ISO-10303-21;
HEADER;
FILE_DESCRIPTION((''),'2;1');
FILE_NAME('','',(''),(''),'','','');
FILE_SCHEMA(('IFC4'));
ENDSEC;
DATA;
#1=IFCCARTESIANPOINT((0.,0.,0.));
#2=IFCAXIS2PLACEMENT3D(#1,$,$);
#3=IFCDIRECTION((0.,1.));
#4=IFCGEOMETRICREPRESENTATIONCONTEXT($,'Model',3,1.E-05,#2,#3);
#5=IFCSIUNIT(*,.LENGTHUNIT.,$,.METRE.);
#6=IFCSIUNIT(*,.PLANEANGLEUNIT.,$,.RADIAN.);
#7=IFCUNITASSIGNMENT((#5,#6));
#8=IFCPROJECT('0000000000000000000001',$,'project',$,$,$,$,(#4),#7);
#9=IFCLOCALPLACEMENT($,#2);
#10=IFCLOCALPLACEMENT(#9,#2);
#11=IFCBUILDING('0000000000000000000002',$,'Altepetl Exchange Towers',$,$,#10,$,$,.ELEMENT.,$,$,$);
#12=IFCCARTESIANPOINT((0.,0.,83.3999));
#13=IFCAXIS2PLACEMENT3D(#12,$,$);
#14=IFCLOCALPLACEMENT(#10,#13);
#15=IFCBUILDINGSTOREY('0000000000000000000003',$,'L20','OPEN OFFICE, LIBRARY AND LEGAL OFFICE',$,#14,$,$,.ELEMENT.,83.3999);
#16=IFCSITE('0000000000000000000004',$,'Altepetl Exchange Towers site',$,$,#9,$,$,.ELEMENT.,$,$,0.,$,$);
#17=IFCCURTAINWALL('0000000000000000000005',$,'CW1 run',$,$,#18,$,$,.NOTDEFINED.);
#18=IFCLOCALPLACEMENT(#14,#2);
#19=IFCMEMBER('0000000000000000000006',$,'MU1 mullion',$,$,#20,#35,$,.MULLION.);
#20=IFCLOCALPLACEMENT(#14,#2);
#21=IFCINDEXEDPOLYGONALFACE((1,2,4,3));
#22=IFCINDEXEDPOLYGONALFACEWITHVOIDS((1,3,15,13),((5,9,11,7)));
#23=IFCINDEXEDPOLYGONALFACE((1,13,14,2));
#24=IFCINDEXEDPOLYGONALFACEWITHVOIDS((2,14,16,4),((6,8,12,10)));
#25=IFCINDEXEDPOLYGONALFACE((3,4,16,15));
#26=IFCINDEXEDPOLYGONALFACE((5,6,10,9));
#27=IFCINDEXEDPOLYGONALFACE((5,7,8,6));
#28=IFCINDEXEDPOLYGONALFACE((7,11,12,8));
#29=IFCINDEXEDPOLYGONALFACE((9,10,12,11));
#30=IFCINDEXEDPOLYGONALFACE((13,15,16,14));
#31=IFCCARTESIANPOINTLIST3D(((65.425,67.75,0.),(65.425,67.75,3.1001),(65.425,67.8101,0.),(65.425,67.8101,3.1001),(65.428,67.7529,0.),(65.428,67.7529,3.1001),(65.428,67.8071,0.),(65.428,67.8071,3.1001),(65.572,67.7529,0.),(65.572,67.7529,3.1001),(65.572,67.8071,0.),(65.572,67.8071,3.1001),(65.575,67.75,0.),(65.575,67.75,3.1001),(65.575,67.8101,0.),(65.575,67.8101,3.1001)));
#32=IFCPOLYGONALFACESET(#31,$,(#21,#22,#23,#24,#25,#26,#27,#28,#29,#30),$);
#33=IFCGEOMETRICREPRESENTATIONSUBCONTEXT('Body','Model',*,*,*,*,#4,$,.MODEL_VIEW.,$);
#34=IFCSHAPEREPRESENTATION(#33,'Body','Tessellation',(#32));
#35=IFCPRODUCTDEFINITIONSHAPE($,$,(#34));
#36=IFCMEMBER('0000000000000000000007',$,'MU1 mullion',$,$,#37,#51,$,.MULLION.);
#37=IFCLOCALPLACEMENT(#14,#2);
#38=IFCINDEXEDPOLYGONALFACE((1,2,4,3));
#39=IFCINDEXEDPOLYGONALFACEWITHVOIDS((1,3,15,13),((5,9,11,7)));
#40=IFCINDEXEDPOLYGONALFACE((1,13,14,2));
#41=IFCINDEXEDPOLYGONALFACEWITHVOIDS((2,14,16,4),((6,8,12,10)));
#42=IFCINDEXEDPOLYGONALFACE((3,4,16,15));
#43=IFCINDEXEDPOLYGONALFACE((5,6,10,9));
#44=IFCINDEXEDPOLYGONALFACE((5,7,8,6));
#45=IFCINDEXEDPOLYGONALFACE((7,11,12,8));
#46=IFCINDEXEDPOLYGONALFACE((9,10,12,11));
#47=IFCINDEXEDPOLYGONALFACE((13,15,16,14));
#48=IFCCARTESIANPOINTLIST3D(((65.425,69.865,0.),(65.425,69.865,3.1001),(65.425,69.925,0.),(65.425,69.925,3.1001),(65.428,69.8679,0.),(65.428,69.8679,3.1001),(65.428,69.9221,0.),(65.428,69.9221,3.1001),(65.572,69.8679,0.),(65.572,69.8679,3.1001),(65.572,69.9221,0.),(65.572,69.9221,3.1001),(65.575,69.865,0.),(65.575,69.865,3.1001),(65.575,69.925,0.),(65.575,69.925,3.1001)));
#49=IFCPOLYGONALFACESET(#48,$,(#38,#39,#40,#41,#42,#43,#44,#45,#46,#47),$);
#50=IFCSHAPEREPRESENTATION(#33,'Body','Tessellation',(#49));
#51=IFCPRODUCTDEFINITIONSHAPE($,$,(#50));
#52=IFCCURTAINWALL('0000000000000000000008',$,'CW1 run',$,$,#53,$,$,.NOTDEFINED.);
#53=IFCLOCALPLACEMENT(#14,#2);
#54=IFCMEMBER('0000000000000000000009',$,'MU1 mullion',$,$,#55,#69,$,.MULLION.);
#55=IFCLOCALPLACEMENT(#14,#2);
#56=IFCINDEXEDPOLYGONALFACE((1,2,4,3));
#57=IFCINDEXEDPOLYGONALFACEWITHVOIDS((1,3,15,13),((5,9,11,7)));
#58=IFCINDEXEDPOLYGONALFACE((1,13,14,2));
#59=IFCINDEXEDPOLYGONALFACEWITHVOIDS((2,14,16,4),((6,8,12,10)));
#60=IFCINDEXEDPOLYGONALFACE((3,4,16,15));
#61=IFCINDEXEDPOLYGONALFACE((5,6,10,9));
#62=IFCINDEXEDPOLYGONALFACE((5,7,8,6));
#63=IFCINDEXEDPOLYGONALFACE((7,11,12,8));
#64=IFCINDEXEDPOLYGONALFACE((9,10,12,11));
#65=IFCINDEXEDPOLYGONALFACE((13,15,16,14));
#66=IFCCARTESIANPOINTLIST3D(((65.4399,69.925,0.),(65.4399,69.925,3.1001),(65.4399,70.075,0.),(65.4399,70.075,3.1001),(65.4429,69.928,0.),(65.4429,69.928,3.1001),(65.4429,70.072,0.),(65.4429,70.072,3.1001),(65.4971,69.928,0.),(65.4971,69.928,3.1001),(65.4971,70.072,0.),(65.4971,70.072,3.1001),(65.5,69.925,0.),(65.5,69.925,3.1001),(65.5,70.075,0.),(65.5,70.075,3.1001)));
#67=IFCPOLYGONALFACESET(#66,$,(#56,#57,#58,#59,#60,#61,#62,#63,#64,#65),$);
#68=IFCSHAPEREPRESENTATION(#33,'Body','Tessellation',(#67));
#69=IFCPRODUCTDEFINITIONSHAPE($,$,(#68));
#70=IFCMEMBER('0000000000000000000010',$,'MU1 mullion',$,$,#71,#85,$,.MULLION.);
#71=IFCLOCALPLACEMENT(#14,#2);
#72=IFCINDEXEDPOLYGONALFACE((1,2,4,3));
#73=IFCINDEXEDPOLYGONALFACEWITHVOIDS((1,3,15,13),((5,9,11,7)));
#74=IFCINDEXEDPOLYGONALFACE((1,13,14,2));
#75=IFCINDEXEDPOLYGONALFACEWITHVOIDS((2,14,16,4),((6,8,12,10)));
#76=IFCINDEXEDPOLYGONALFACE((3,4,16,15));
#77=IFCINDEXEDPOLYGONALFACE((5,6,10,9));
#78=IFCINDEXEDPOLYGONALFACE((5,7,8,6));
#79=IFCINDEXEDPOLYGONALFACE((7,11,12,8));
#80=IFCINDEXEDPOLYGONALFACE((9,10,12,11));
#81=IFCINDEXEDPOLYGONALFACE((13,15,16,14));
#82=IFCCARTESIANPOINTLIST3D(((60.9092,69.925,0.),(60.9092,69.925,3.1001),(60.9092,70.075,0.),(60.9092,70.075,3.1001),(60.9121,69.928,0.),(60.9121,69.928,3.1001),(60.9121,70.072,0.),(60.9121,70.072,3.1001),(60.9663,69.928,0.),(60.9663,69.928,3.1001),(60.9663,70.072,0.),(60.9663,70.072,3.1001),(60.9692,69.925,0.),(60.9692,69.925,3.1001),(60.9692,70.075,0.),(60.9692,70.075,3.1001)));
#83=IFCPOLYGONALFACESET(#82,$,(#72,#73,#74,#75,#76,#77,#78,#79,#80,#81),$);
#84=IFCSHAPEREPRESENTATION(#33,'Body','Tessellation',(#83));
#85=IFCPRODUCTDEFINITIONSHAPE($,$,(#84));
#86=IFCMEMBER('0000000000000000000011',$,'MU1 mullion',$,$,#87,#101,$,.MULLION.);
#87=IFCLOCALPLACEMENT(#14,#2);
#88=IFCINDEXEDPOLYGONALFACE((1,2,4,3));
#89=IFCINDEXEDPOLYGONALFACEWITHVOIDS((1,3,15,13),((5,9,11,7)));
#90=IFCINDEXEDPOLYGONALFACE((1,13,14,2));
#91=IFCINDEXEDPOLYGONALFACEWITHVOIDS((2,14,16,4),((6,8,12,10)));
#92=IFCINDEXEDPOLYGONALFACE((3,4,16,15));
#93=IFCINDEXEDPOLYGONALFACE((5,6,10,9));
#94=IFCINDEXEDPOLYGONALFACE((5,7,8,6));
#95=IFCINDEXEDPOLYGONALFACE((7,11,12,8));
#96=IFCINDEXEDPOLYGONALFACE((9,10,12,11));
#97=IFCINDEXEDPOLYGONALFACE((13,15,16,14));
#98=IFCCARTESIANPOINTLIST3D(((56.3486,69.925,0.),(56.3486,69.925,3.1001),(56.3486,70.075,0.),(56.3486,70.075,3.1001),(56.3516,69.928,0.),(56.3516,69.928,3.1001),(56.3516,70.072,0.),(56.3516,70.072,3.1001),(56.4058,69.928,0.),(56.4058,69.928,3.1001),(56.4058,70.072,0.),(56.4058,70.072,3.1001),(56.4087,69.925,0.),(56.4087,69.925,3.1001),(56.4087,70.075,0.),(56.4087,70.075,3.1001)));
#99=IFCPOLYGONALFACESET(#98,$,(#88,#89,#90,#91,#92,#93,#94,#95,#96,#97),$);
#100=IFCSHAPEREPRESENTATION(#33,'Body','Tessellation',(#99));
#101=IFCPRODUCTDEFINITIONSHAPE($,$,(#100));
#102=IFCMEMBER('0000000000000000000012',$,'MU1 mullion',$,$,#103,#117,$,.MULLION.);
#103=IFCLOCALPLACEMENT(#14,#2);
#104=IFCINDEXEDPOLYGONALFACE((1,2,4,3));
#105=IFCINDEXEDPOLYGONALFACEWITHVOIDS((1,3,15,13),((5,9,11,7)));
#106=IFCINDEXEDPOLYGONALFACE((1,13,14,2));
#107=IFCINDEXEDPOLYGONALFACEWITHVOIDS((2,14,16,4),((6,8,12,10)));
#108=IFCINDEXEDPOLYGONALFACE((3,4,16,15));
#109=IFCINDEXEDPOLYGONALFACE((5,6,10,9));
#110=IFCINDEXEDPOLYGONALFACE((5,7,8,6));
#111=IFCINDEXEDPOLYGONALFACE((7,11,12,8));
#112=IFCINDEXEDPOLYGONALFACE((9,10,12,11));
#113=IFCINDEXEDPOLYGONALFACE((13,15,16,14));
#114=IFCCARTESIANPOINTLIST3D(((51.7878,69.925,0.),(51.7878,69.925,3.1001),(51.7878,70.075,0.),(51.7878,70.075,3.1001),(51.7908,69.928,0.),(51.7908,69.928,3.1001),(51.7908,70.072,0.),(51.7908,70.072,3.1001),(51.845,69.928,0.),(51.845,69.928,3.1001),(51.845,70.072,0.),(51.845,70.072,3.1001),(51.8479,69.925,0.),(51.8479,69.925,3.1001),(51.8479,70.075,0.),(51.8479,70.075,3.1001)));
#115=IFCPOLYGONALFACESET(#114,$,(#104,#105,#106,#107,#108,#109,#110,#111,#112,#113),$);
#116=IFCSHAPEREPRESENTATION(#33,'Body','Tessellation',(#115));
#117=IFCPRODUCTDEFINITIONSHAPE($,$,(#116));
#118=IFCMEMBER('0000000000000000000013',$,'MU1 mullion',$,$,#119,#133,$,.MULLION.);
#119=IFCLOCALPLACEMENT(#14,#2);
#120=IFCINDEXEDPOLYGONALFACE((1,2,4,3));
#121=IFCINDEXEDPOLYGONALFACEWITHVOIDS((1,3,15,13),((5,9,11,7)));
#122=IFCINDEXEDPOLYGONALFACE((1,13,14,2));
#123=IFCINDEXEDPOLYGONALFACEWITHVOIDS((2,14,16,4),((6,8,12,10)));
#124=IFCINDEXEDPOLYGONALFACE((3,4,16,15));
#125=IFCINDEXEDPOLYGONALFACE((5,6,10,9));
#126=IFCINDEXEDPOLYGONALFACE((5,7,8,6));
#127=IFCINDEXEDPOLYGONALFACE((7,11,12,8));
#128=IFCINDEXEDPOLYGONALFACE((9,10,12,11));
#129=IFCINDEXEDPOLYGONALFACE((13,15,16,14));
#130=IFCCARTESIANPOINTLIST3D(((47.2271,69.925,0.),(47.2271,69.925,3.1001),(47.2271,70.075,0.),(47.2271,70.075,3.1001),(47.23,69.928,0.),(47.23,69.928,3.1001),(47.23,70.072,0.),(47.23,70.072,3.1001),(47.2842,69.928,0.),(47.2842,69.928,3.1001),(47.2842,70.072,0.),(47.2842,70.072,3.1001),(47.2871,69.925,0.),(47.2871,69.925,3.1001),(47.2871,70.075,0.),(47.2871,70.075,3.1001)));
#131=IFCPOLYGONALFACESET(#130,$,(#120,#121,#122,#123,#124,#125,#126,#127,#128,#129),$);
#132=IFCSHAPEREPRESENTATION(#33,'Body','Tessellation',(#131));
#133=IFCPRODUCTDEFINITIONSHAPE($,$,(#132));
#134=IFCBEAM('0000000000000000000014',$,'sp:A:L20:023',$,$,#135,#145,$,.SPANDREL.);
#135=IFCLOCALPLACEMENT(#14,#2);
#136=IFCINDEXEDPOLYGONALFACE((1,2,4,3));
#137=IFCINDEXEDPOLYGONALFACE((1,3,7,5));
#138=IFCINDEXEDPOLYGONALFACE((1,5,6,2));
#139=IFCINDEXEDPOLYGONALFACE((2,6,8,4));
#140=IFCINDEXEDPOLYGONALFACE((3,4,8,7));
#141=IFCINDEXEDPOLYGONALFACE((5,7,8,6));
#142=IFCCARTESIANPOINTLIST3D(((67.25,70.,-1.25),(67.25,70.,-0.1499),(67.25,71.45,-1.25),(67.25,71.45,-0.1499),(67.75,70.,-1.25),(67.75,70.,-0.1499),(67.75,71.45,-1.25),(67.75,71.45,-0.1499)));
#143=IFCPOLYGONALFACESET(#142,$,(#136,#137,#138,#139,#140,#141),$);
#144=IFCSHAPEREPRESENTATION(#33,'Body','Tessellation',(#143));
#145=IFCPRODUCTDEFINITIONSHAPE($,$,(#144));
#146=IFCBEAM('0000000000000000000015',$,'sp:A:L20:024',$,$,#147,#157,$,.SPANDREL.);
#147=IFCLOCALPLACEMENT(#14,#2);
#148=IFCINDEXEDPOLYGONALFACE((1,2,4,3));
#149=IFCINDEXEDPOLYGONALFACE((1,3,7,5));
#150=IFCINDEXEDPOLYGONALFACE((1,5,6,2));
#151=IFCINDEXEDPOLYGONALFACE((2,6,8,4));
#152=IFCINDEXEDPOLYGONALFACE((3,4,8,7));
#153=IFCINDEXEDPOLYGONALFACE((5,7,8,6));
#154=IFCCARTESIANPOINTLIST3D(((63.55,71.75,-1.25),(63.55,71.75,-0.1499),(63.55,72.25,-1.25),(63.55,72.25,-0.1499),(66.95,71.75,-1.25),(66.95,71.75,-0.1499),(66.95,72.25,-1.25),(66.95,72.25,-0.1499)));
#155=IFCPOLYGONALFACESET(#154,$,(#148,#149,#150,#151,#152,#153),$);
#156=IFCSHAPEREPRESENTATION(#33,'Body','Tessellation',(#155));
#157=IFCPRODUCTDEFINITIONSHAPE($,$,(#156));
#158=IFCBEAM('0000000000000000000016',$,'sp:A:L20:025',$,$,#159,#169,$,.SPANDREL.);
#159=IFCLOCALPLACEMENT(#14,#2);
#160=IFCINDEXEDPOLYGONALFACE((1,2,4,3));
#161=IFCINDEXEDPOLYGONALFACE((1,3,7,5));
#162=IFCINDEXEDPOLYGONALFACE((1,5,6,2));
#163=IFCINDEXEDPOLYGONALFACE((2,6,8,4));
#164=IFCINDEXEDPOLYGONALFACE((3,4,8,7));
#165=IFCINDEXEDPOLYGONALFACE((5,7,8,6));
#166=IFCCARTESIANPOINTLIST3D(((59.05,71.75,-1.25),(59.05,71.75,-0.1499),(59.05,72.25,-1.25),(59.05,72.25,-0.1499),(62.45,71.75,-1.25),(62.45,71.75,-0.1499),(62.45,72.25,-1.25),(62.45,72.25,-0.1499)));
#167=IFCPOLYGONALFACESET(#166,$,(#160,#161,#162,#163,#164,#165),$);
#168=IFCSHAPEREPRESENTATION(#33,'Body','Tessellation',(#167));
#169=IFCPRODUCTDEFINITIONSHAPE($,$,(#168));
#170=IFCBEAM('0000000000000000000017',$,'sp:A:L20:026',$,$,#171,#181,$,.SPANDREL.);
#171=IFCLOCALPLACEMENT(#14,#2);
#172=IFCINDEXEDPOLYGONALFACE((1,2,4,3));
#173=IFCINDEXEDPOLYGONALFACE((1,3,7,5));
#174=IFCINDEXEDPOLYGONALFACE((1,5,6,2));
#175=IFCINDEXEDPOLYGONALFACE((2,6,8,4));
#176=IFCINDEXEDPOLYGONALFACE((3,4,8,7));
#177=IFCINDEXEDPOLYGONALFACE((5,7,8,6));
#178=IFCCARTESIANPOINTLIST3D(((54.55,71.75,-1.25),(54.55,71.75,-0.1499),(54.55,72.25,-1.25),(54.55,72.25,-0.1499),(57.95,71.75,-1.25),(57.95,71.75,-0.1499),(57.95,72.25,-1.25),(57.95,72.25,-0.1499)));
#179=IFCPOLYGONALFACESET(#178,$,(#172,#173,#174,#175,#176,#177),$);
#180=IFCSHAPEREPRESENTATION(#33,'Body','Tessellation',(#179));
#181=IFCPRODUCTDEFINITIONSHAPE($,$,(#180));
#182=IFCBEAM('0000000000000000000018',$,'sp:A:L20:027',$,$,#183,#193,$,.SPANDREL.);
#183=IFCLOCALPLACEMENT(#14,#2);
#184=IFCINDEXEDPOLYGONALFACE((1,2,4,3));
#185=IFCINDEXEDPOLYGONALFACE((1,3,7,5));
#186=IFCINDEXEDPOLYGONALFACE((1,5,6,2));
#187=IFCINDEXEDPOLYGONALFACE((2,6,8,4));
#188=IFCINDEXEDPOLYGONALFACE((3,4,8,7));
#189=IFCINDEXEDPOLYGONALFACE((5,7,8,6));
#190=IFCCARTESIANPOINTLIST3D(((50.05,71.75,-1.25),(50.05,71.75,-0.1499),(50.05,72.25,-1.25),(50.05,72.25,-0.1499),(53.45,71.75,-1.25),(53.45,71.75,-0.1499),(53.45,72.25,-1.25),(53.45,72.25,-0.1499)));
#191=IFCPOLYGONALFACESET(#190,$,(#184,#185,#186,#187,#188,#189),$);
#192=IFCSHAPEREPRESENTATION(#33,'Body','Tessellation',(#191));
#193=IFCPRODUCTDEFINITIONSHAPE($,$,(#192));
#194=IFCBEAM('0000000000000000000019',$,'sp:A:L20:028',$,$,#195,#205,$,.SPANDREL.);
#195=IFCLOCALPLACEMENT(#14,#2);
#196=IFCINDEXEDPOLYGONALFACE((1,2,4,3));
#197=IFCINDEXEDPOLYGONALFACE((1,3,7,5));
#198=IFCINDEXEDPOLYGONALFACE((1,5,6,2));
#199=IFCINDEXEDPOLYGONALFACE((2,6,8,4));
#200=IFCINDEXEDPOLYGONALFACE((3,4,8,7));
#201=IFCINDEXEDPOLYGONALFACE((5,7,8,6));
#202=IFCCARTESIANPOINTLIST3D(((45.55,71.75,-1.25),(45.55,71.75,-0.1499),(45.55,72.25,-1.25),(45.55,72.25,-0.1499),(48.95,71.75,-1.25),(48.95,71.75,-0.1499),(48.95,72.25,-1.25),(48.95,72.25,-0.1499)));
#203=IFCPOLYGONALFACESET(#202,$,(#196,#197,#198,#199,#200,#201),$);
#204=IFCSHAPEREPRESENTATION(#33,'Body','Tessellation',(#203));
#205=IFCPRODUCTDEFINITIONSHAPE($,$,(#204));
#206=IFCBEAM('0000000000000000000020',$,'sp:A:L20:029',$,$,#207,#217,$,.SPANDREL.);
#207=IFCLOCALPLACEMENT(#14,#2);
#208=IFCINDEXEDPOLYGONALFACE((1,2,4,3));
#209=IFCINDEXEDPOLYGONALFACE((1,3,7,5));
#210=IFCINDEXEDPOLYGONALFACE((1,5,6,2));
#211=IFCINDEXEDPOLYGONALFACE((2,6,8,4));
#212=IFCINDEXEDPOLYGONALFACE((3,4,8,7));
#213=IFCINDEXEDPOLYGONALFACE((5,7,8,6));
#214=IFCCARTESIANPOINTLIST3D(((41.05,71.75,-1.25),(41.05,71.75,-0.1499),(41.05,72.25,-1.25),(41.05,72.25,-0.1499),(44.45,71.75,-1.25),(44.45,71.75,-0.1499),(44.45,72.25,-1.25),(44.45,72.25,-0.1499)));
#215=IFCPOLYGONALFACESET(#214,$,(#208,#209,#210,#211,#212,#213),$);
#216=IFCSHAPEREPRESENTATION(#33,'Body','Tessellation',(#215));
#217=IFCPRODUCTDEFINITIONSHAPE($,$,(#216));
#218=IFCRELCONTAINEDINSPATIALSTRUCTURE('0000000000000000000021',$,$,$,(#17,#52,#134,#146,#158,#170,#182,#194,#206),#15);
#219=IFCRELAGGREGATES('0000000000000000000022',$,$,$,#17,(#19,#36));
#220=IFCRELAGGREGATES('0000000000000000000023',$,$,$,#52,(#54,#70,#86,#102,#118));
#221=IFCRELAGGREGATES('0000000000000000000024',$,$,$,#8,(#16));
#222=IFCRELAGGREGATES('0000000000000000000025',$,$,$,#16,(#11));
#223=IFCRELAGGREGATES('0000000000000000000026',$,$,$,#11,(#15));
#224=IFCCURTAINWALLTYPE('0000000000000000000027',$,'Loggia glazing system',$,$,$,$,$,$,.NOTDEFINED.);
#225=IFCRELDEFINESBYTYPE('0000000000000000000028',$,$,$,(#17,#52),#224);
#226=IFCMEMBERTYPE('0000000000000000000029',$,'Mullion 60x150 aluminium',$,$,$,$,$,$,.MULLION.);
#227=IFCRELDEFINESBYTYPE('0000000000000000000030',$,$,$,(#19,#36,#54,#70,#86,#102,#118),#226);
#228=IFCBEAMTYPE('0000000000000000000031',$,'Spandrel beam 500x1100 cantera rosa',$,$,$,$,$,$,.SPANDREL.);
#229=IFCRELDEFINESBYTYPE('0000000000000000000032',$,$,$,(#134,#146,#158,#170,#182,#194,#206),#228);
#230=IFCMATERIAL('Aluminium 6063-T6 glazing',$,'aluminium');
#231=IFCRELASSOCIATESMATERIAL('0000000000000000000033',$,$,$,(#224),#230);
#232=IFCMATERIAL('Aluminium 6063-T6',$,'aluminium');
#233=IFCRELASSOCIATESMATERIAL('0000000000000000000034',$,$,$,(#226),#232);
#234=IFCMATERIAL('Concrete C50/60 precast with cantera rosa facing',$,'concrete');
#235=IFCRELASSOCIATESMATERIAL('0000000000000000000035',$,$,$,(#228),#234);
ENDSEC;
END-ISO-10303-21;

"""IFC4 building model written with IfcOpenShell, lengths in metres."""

from ifc_helpers import new_model, si_unit, direction, frame, origin, origin_2d, place, context, subcontext, project, spatial, rectangle, hollow_rectangle, extrude, material, material_profile, profile_set, type_object, element, aggregate, save


model = new_model("IFC4")

# Units and contexts
model_context = context("Model", 3, precision=1e-05, world=origin(), true_north=direction((0.0, 1.0)))
body_context = subcontext(model_context, "Body", "Model", "MODEL_VIEW")
ifc_project = project(units=[si_unit("LENGTHUNIT", "METRE"), si_unit("PLANEANGLEUNIT", "RADIAN")], contexts=[model_context])

# Site, building, storey
site_placement = place(None, origin())
site = spatial("IfcSite", under=ifc_project, at=site_placement, Name="Altepetl Exchange Towers site", CompositionType="ELEMENT", RefElevation=0.0)
building_placement = place(site_placement, origin())
building = spatial("IfcBuilding", under=site, at=building_placement, Name="Altepetl Exchange Towers", CompositionType="ELEMENT")
storey_placement = place(building_placement, frame((0.0, 0.0, 83.3999)))
storey = spatial("IfcBuildingStorey", under=building, at=storey_placement, Name="L20", Description="OPEN OFFICE, LIBRARY AND LEGAL OFFICE", CompositionType="ELEMENT", Elevation=83.3999)

# Shared definitions
ifc_material_1 = material(Name="Aluminium 6063-T6 glazing", Category="aluminium")
curtain_wall_type = type_object("IfcCurtainWallType", Name="Loggia glazing system", PredefinedType="NOTDEFINED", material=ifc_material_1)
ifc_material_2 = material(Name="Aluminium 6063-T6", Category="aluminium")
ifc_material_profile_1 = material_profile(ifc_material_2, hollow_rectangle(XDim=0.0601, YDim=0.1499, WallThickness=0.0029, at=origin_2d()), Name="Mullion 60x150 aluminium")
ifc_profile_set_1 = profile_set([ifc_material_profile_1], Name="Aluminium 6063-T6")
member_type = type_object("IfcMemberType", Name="Mullion 60x150 aluminium", PredefinedType="MULLION", material=ifc_profile_set_1)

# Curtain walls, members
curtain_wall_1_placement = place(storey_placement, origin())
curtain_wall_1 = element("IfcCurtainWall", 1, at=curtain_wall_1_placement, inside=storey, type_object=curtain_wall_type, Name="CW1 run", PredefinedType="NOTDEFINED")
member_1_placement = place(storey_placement, frame((65.5, 67.78, 0.0), z_axis=(0.0, 0.0, 1.0), x_axis=(0.0, 1.0, 0.0)))
member_1 = element("IfcMember", 2, at=member_1_placement, type_object=member_type, Name="MU1 mullion", PredefinedType="MULLION", context=body_context, shape_type="SweptSolid", body=[
    extrude(hollow_rectangle(XDim=0.0601, YDim=0.1499, WallThickness=0.0029, at=origin_2d()), origin(), (0.0, 0.0, 1.0), 3.1001),
])
member_2_placement = place(storey_placement, frame((65.5, 69.895, 0.0), z_axis=(0.0, 0.0, 1.0), x_axis=(0.0, 1.0, 0.0)))
member_2 = element("IfcMember", 3, at=member_2_placement, type_object=member_type, Name="MU1 mullion", PredefinedType="MULLION", context=body_context, shape_type="SweptSolid", body=[
    extrude(hollow_rectangle(XDim=0.0601, YDim=0.1499, WallThickness=0.0029, at=origin_2d()), origin(), (0.0, 0.0, 1.0), 3.1001),
])
curtain_wall_2_placement = place(storey_placement, origin())
curtain_wall_2 = element("IfcCurtainWall", 4, at=curtain_wall_2_placement, inside=storey, type_object=curtain_wall_type, Name="CW1 run", PredefinedType="NOTDEFINED")
member_3_placement = place(storey_placement, frame((65.47, 70.0, 0.0), z_axis=(0.0, 0.0, 1.0), x_axis=(-1.0, 0.0, 0.0)))
member_3 = element("IfcMember", 5, at=member_3_placement, type_object=member_type, Name="MU1 mullion", PredefinedType="MULLION", context=body_context, shape_type="SweptSolid", body=[
    extrude(hollow_rectangle(XDim=0.0601, YDim=0.1499, WallThickness=0.0029, at=origin_2d()), origin(), (0.0, 0.0, 1.0), 3.1001),
])
member_4_placement = place(storey_placement, frame((60.9392, 70.0, 0.0), z_axis=(0.0, 0.0, 1.0), x_axis=(-1.0, 0.0, 0.0)))
member_4 = element("IfcMember", 6, at=member_4_placement, type_object=member_type, Name="MU1 mullion", PredefinedType="MULLION", context=body_context, shape_type="SweptSolid", body=[
    extrude(hollow_rectangle(XDim=0.0601, YDim=0.1499, WallThickness=0.0029, at=origin_2d()), origin(), (0.0, 0.0, 1.0), 3.1001),
])
member_5_placement = place(storey_placement, frame((56.3787, 70.0, 0.0), z_axis=(0.0, 0.0, 1.0), x_axis=(-1.0, 0.0, 0.0)))
member_5 = element("IfcMember", 7, at=member_5_placement, type_object=member_type, Name="MU1 mullion", PredefinedType="MULLION", context=body_context, shape_type="SweptSolid", body=[
    extrude(hollow_rectangle(XDim=0.0601, YDim=0.1499, WallThickness=0.0029, at=origin_2d()), origin(), (0.0, 0.0, 1.0), 3.1001),
])
member_6_placement = place(storey_placement, frame((51.8179, 70.0, 0.0), z_axis=(0.0, 0.0, 1.0), x_axis=(-1.0, 0.0, 0.0)))
member_6 = element("IfcMember", 8, at=member_6_placement, type_object=member_type, Name="MU1 mullion", PredefinedType="MULLION", context=body_context, shape_type="SweptSolid", body=[
    extrude(hollow_rectangle(XDim=0.0601, YDim=0.1499, WallThickness=0.0029, at=origin_2d()), origin(), (0.0, 0.0, 1.0), 3.1001),
])
member_7_placement = place(storey_placement, frame((47.2571, 70.0, 0.0), z_axis=(0.0, 0.0, 1.0), x_axis=(-1.0, 0.0, 0.0)))
member_7 = element("IfcMember", 9, at=member_7_placement, type_object=member_type, Name="MU1 mullion", PredefinedType="MULLION", context=body_context, shape_type="SweptSolid", body=[
    extrude(hollow_rectangle(XDim=0.0601, YDim=0.1499, WallThickness=0.0029, at=origin_2d()), origin(), (0.0, 0.0, 1.0), 3.1001),
])

# Beams
ifc_material_3 = material(Name="Concrete C50/60 precast with cantera rosa facing", Category="concrete")
ifc_material_profile_2 = material_profile(ifc_material_3, rectangle(XDim=0.5, YDim=1.1001, at=origin_2d()), Name="500 x 1100")
ifc_profile_set_2 = profile_set([ifc_material_profile_2], Name="Concrete C50/60 precast with cantera rosa facing")
beam_type_1 = type_object("IfcBeamType", Name="Spandrel beam 500x1100 cantera rosa", PredefinedType="SPANDREL", material=ifc_profile_set_2)
beam_1_placement = place(storey_placement, frame((67.5, 70.0, -0.7), z_axis=(0.0, 1.0, 0.0), x_axis=(-1.0, 0.0, 0.0)))
element("IfcBeam", 10, at=beam_1_placement, inside=storey, type_object=beam_type_1, Name="sp:A:L20:023", PredefinedType="SPANDREL", context=body_context, shape_type="SweptSolid", body=[
    extrude(rectangle(XDim=0.5, YDim=1.1001, at=origin_2d()), origin(), (0.0, 0.0, 1.0), 1.45),
])
for number, where, z_axis, x_axis, name in (
    (11, (66.95, 72.0, -0.7), (-1.0, 0.0, 0.0), (0.0, -1.0, 0.0), "sp:A:L20:024"),
    (12, (62.45, 72.0, -0.7), (-1.0, 0.0, 0.0), (0.0, -1.0, 0.0), "sp:A:L20:025"),
    (13, (57.95, 72.0, -0.7), (-1.0, 0.0, 0.0), (0.0, -1.0, 0.0), "sp:A:L20:026"),
    (14, (53.45, 72.0, -0.7), (-1.0, 0.0, 0.0), (0.0, -1.0, 0.0), "sp:A:L20:027"),
    (15, (48.95, 72.0, -0.7), (-1.0, 0.0, 0.0), (0.0, -1.0, 0.0), "sp:A:L20:028"),
    (16, (44.45, 72.0, -0.7), (-1.0, 0.0, 0.0), (0.0, -1.0, 0.0), "sp:A:L20:029"),
):
    element("IfcBeam", number, at=place(storey_placement, frame(where, z_axis=z_axis, x_axis=x_axis)), inside=storey, type_object=beam_type_1, Name=name, PredefinedType="SPANDREL", context=body_context, shape_type="SweptSolid", body=[
        extrude(rectangle(XDim=0.5, YDim=1.1001, at=origin_2d()), origin(), (0.0, 0.0, 1.0), 3.3999),
    ])

aggregate(curtain_wall_1, [member_1, member_2])
aggregate(curtain_wall_2, [member_3, member_4, member_5, member_6, member_7])

save(model, "model.ifc")
